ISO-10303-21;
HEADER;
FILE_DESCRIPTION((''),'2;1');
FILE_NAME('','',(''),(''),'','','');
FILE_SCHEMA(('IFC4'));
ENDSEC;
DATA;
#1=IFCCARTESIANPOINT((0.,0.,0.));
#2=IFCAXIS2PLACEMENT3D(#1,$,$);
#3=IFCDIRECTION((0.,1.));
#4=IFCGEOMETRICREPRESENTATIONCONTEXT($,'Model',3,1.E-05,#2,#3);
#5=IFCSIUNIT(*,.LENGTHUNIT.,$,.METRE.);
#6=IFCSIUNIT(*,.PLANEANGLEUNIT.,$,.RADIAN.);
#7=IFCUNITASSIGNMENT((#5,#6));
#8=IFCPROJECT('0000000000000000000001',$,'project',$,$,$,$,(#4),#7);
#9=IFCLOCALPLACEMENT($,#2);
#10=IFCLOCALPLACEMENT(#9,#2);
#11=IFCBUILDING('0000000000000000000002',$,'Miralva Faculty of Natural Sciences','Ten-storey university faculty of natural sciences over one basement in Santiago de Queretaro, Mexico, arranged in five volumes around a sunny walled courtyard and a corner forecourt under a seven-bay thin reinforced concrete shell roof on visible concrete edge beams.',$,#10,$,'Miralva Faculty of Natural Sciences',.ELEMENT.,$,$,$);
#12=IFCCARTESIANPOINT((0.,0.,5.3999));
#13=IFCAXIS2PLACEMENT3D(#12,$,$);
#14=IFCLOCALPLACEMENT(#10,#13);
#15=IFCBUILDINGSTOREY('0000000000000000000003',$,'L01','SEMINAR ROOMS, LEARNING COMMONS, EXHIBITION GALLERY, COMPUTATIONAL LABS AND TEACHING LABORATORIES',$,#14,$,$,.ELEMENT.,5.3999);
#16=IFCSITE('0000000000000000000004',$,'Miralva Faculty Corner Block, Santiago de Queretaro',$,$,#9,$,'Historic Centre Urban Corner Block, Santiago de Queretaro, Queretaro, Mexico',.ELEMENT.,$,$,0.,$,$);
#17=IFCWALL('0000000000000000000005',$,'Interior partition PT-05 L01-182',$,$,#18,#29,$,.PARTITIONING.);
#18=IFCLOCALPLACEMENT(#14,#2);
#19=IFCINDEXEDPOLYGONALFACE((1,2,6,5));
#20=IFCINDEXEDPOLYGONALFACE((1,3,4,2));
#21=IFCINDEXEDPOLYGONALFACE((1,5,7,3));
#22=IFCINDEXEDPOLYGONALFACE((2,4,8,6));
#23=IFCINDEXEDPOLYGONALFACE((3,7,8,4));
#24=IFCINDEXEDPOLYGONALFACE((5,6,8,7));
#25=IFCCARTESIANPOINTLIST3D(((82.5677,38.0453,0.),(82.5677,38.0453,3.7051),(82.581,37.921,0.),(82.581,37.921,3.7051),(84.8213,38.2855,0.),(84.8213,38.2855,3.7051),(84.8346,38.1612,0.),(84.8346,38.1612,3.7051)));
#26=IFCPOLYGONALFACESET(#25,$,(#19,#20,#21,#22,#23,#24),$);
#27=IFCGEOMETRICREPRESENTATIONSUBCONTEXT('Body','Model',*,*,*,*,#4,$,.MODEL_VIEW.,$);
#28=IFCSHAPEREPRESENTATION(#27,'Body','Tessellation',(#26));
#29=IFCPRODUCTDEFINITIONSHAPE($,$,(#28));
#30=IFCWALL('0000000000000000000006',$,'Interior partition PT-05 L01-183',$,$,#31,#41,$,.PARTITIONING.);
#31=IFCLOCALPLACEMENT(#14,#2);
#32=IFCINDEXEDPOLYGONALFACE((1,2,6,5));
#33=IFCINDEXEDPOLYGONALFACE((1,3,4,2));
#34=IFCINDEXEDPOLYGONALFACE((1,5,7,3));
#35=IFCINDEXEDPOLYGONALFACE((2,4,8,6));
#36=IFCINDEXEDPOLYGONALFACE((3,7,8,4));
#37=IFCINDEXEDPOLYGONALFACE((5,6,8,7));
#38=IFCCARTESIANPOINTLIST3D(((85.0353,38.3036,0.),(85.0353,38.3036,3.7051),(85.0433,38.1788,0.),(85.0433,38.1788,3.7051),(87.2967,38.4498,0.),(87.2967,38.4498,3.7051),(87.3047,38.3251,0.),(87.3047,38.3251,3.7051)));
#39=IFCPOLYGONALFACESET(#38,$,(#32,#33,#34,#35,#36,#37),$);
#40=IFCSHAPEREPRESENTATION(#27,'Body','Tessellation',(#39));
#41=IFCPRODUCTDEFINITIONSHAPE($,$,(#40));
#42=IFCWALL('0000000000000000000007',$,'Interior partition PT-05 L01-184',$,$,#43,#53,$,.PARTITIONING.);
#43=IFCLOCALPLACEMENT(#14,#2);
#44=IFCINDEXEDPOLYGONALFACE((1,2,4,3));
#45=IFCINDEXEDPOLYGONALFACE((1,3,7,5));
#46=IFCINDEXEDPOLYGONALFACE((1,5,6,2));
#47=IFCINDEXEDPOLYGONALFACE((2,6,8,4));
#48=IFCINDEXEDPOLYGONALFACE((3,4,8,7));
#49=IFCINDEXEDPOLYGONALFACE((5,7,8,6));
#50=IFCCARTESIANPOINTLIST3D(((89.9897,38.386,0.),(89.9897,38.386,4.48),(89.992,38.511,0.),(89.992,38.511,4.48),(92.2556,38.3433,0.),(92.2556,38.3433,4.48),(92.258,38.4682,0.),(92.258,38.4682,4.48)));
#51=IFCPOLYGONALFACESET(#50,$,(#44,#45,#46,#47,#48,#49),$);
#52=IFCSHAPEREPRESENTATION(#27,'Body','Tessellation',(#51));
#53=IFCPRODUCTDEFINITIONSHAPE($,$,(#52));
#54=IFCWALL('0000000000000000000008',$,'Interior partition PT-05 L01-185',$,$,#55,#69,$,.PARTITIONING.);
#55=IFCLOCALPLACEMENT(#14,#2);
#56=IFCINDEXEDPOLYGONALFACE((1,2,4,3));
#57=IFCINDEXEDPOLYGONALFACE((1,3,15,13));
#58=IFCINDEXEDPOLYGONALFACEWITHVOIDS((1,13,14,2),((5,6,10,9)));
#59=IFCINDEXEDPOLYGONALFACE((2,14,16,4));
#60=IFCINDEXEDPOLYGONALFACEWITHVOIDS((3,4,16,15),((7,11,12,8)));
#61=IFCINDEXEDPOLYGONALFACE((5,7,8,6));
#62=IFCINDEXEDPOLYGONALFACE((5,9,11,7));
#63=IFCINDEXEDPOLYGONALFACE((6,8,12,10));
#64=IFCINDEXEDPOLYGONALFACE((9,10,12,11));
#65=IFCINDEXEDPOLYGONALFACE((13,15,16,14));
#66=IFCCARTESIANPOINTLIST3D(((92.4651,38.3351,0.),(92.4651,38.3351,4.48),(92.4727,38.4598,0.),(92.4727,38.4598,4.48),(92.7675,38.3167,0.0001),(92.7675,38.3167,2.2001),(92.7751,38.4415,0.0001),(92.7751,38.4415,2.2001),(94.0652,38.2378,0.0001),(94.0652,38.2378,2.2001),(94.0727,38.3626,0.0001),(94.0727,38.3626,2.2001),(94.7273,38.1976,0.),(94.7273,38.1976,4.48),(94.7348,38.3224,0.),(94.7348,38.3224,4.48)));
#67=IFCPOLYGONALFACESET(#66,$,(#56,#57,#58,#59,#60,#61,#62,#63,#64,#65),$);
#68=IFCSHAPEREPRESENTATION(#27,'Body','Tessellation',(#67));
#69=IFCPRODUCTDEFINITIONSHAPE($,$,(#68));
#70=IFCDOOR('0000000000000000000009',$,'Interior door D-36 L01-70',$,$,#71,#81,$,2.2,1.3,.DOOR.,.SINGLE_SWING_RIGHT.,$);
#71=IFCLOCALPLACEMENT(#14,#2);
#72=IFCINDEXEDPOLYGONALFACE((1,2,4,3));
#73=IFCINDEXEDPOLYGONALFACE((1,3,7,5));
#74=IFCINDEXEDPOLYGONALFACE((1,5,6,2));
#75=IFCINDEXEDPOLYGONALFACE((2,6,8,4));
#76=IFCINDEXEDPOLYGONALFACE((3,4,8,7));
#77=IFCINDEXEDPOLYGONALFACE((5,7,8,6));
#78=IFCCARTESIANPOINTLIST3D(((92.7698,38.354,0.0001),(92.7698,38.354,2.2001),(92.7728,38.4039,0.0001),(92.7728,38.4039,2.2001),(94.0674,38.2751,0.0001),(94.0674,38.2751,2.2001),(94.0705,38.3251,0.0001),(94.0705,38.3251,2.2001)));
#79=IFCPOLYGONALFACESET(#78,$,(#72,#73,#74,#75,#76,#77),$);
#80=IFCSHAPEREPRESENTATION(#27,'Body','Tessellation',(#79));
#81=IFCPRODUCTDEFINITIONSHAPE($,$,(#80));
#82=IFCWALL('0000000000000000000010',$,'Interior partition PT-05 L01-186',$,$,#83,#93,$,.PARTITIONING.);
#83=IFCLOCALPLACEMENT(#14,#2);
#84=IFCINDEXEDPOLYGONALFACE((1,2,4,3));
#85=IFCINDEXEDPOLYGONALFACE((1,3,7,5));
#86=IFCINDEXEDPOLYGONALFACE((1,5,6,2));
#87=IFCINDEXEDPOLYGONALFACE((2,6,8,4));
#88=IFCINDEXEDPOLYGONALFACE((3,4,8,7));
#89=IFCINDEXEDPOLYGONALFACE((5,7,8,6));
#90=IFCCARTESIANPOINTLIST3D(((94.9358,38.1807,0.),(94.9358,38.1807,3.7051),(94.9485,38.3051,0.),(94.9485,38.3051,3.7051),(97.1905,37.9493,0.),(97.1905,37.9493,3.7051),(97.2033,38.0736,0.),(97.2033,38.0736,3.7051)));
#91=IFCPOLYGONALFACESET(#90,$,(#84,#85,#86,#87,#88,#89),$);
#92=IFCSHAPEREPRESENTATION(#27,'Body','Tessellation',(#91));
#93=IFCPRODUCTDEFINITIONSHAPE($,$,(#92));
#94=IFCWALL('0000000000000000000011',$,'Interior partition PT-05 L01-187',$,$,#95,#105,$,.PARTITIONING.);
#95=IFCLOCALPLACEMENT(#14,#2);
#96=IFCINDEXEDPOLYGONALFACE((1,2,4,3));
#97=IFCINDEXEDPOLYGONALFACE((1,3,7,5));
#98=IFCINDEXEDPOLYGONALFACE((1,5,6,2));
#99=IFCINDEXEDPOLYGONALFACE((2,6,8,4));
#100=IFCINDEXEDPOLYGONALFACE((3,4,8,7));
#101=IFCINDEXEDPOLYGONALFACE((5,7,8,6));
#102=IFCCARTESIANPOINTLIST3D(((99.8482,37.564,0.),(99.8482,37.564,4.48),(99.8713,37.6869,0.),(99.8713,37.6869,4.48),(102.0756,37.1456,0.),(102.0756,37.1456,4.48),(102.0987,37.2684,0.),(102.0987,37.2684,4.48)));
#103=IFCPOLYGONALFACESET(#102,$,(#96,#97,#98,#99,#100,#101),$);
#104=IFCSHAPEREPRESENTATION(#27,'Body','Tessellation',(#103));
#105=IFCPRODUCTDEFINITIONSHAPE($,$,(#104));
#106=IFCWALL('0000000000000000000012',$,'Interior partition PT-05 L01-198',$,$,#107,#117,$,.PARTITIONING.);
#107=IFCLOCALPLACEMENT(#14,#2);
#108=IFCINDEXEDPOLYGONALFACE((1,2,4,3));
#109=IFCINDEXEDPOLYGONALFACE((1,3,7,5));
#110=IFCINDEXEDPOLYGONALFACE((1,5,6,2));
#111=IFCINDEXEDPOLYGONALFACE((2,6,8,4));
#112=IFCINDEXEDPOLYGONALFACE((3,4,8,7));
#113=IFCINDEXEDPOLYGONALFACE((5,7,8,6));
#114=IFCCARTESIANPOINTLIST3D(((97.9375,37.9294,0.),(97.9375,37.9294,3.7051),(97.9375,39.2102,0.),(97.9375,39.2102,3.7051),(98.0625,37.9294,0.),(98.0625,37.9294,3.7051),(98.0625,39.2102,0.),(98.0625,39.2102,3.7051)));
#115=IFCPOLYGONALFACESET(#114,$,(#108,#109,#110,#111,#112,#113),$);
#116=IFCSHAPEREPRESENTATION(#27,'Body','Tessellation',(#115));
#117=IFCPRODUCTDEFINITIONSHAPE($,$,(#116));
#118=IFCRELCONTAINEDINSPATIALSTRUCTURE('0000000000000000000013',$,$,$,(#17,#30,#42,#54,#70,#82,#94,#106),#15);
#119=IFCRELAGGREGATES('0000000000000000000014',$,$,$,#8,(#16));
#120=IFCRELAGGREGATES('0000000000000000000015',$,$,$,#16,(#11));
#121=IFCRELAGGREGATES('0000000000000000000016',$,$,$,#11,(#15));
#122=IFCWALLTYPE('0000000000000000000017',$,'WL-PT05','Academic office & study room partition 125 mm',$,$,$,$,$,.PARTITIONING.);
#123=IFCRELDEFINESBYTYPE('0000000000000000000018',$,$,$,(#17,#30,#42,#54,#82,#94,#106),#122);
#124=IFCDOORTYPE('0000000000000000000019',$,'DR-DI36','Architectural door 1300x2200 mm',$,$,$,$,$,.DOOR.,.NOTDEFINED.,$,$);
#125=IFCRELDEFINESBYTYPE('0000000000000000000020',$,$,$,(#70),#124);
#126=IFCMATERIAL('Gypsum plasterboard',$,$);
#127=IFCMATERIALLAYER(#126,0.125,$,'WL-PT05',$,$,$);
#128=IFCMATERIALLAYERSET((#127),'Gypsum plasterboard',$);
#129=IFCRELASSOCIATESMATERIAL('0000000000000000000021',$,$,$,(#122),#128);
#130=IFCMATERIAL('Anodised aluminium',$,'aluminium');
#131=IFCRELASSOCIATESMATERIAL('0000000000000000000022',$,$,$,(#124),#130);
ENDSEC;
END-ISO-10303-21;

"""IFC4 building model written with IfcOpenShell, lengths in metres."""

from ifc_helpers import new_model, si_unit, direction, frame, frame_2d, origin, place, context, subcontext, project, spatial, rectangle, extrude, material, layer, layer_set, type_object, element, fill, save


model = new_model("IFC4")

# Units and contexts
model_context = context("Model", 3, precision=1e-05, world=origin(), true_north=direction((0.0, 1.0)))
body_context = subcontext(model_context, "Body", "Model", "MODEL_VIEW")
ifc_project = project(units=[si_unit("LENGTHUNIT", "METRE"), si_unit("PLANEANGLEUNIT", "RADIAN")], contexts=[model_context])

# Site, building, storey
site_placement = place(None, origin())
site = spatial("IfcSite", under=ifc_project, at=site_placement, Name="Miralva Faculty Corner Block, Santiago de Queretaro", LongName="Historic Centre Urban Corner Block, Santiago de Queretaro, Queretaro, Mexico", CompositionType="ELEMENT", RefElevation=0.0)
building_placement = place(site_placement, origin())
building = spatial("IfcBuilding", under=site, at=building_placement, Name="Miralva Faculty of Natural Sciences", Description="Ten-storey university faculty of natural sciences over one basement in Santiago de Queretaro, Mexico, arranged in five volumes around a sunny walled courtyard and a corner forecourt under a seven-bay thin reinforced concrete shell roof on visible concrete edge beams.", LongName="Miralva Faculty of Natural Sciences", CompositionType="ELEMENT")
storey_placement = place(building_placement, frame((0.0, 0.0, 5.3999)))
storey = spatial("IfcBuildingStorey", under=building, at=storey_placement, Name="L01", Description="SEMINAR ROOMS, LEARNING COMMONS, EXHIBITION GALLERY, COMPUTATIONAL LABS AND TEACHING LABORATORIES", CompositionType="ELEMENT", Elevation=5.3999)

# Shared definitions
ifc_material_1 = material(Name="Anodised aluminium", Category="aluminium")

# Walls
ifc_material_2 = material(Name="Gypsum plasterboard")
ifc_layer_1 = layer(ifc_material_2, 0.125, Name="WL-PT05")
ifc_layer_set_1 = layer_set([ifc_layer_1], Name="Gypsum plasterboard")
wall_type_1 = type_object("IfcWallType", Name="WL-PT05", Description="Academic office & study room partition 125 mm", PredefinedType="PARTITIONING", material=ifc_layer_set_1)
wall_1_placement = place(storey_placement, frame((82.5742, 37.9832, 0.0), z_axis=(0.0, 0.0, 1.0), x_axis=(0.994366, 0.105997, 0.0)))
element("IfcWall", 1, at=wall_1_placement, inside=storey, type_object=wall_type_1, Name="Interior partition PT-05 L01-182", PredefinedType="PARTITIONING", context=body_context, shape_type="SweptSolid", body=[
    extrude(rectangle(XDim=2.2664, YDim=0.125, at=frame_2d((1.1333, 0.0))), origin(), (0.0, 0.0, 1.0), 3.7051),
])
wall_2_placement = place(storey_placement, frame((85.0393, 38.2412, 0.0), z_axis=(0.0, 0.0, 1.0), x_axis=(0.997916, 0.064531, 0.0)))
element("IfcWall", 2, at=wall_2_placement, inside=storey, type_object=wall_type_1, Name="Interior partition PT-05 L01-183", PredefinedType="PARTITIONING", context=body_context, shape_type="SweptSolid", body=[
    extrude(rectangle(XDim=2.2661, YDim=0.125, at=frame_2d((1.1331, 0.0))), origin(), (0.0, 0.0, 1.0), 3.7051),
])
wall_3_placement = place(storey_placement, frame((89.9907, 38.4485, 0.0), z_axis=(0.0, 0.0, 1.0), x_axis=(0.999822, -0.018852, 0.0)))
element("IfcWall", 3, at=wall_3_placement, inside=storey, type_object=wall_type_1, Name="Interior partition PT-05 L01-184", PredefinedType="PARTITIONING", context=body_context, shape_type="SweptSolid", body=[
    extrude(rectangle(XDim=2.2664, YDim=0.125, at=frame_2d((1.1333, 0.0))), origin(), (0.0, 0.0, 1.0), 4.48),
])

# Wall, opening, door
wall_4_placement = place(storey_placement, frame((92.4688, 38.3975, 0.0), z_axis=(0.0, 0.0, 1.0), x_axis=(0.998159, -0.060648, 0.0)))
wall_4 = element("IfcWall", 4, at=wall_4_placement, inside=storey, type_object=wall_type_1, Name="Interior partition PT-05 L01-185", PredefinedType="PARTITIONING", context=body_context, shape_type="SweptSolid", body=[
    extrude(rectangle(XDim=2.2664, YDim=0.125, at=frame_2d((1.1333, 0.0))), origin(), (0.0, 0.0, 1.0), 4.48),
])
opening_placement = place(wall_4_placement, frame((0.3032, 0.0, 0.0)))
opening = element("IfcOpeningElement", 5, at=opening_placement, cuts=wall_4, PredefinedType="OPENING", context=body_context, shape_type="SweptSolid", body=[
    extrude(rectangle(XDim=1.3, YDim=2.2, at=frame_2d((0.6499, 1.1001))), frame((0.0, 0.0725, 0.0), z_axis=(0.0, -1.0, 0.0), x_axis=(1.0, 0.0, 0.0)), (0.0, 0.0, 1.0), 0.145),
])
door_type = type_object("IfcDoorType", Name="DR-DI36", Description="Architectural door 1300x2200 mm", OperationType="NOTDEFINED", PredefinedType="DOOR", material=ifc_material_1)
door_placement = place(opening_placement, origin())
door = element("IfcDoor", 6, at=door_placement, inside=storey, type_object=door_type, Name="Interior door D-36 L01-70", OperationType="SINGLE_SWING_RIGHT", OverallHeight=2.2, OverallWidth=1.3, PredefinedType="DOOR", context=body_context, shape_type="SweptSolid", body=[
    extrude(rectangle(XDim=1.3, YDim=2.2, at=frame_2d((0.6499, 1.1001))), frame((0.0, 0.0249, 0.0), z_axis=(0.0, -1.0, 0.0), x_axis=(1.0, 0.0, 0.0)), (0.0, 0.0, 1.0), 0.05),
])
fill(opening, door)

# Walls
wall_5_placement = place(storey_placement, frame((94.9421, 38.2429, 0.0), z_axis=(0.0, 0.0, 1.0), x_axis=(0.994772, -0.102116, 0.0)))
element("IfcWall", 7, at=wall_5_placement, inside=storey, type_object=wall_type_1, Name="Interior partition PT-05 L01-186", PredefinedType="PARTITIONING", context=body_context, shape_type="SweptSolid", body=[
    extrude(rectangle(XDim=2.2666, YDim=0.125, at=frame_2d((1.1333, 0.0))), origin(), (0.0, 0.0, 1.0), 3.7051),
])
wall_6_placement = place(storey_placement, frame((99.8596, 37.6255, 0.0), z_axis=(0.0, 0.0, 1.0), x_axis=(0.982805, -0.184646, 0.0)))
element("IfcWall", 8, at=wall_6_placement, inside=storey, type_object=wall_type_1, Name="Interior partition PT-05 L01-187", PredefinedType="PARTITIONING", context=body_context, shape_type="SweptSolid", body=[
    extrude(rectangle(XDim=2.2664, YDim=0.125, at=frame_2d((1.1333, 0.0))), origin(), (0.0, 0.0, 1.0), 4.48),
])
wall_7_placement = place(storey_placement, frame((98.0, 37.9294, 0.0), z_axis=(0.0, 0.0, 1.0), x_axis=(0.0, 1.0, 0.0)))
element("IfcWall", 9, at=wall_7_placement, inside=storey, type_object=wall_type_1, Name="Interior partition PT-05 L01-198", PredefinedType="PARTITIONING", context=body_context, shape_type="SweptSolid", body=[
    extrude(rectangle(XDim=1.2808, YDim=0.125, at=frame_2d((0.6404, 0.0))), origin(), (0.0, 0.0, 1.0), 3.7051),
])

save(model, "model.ifc")
